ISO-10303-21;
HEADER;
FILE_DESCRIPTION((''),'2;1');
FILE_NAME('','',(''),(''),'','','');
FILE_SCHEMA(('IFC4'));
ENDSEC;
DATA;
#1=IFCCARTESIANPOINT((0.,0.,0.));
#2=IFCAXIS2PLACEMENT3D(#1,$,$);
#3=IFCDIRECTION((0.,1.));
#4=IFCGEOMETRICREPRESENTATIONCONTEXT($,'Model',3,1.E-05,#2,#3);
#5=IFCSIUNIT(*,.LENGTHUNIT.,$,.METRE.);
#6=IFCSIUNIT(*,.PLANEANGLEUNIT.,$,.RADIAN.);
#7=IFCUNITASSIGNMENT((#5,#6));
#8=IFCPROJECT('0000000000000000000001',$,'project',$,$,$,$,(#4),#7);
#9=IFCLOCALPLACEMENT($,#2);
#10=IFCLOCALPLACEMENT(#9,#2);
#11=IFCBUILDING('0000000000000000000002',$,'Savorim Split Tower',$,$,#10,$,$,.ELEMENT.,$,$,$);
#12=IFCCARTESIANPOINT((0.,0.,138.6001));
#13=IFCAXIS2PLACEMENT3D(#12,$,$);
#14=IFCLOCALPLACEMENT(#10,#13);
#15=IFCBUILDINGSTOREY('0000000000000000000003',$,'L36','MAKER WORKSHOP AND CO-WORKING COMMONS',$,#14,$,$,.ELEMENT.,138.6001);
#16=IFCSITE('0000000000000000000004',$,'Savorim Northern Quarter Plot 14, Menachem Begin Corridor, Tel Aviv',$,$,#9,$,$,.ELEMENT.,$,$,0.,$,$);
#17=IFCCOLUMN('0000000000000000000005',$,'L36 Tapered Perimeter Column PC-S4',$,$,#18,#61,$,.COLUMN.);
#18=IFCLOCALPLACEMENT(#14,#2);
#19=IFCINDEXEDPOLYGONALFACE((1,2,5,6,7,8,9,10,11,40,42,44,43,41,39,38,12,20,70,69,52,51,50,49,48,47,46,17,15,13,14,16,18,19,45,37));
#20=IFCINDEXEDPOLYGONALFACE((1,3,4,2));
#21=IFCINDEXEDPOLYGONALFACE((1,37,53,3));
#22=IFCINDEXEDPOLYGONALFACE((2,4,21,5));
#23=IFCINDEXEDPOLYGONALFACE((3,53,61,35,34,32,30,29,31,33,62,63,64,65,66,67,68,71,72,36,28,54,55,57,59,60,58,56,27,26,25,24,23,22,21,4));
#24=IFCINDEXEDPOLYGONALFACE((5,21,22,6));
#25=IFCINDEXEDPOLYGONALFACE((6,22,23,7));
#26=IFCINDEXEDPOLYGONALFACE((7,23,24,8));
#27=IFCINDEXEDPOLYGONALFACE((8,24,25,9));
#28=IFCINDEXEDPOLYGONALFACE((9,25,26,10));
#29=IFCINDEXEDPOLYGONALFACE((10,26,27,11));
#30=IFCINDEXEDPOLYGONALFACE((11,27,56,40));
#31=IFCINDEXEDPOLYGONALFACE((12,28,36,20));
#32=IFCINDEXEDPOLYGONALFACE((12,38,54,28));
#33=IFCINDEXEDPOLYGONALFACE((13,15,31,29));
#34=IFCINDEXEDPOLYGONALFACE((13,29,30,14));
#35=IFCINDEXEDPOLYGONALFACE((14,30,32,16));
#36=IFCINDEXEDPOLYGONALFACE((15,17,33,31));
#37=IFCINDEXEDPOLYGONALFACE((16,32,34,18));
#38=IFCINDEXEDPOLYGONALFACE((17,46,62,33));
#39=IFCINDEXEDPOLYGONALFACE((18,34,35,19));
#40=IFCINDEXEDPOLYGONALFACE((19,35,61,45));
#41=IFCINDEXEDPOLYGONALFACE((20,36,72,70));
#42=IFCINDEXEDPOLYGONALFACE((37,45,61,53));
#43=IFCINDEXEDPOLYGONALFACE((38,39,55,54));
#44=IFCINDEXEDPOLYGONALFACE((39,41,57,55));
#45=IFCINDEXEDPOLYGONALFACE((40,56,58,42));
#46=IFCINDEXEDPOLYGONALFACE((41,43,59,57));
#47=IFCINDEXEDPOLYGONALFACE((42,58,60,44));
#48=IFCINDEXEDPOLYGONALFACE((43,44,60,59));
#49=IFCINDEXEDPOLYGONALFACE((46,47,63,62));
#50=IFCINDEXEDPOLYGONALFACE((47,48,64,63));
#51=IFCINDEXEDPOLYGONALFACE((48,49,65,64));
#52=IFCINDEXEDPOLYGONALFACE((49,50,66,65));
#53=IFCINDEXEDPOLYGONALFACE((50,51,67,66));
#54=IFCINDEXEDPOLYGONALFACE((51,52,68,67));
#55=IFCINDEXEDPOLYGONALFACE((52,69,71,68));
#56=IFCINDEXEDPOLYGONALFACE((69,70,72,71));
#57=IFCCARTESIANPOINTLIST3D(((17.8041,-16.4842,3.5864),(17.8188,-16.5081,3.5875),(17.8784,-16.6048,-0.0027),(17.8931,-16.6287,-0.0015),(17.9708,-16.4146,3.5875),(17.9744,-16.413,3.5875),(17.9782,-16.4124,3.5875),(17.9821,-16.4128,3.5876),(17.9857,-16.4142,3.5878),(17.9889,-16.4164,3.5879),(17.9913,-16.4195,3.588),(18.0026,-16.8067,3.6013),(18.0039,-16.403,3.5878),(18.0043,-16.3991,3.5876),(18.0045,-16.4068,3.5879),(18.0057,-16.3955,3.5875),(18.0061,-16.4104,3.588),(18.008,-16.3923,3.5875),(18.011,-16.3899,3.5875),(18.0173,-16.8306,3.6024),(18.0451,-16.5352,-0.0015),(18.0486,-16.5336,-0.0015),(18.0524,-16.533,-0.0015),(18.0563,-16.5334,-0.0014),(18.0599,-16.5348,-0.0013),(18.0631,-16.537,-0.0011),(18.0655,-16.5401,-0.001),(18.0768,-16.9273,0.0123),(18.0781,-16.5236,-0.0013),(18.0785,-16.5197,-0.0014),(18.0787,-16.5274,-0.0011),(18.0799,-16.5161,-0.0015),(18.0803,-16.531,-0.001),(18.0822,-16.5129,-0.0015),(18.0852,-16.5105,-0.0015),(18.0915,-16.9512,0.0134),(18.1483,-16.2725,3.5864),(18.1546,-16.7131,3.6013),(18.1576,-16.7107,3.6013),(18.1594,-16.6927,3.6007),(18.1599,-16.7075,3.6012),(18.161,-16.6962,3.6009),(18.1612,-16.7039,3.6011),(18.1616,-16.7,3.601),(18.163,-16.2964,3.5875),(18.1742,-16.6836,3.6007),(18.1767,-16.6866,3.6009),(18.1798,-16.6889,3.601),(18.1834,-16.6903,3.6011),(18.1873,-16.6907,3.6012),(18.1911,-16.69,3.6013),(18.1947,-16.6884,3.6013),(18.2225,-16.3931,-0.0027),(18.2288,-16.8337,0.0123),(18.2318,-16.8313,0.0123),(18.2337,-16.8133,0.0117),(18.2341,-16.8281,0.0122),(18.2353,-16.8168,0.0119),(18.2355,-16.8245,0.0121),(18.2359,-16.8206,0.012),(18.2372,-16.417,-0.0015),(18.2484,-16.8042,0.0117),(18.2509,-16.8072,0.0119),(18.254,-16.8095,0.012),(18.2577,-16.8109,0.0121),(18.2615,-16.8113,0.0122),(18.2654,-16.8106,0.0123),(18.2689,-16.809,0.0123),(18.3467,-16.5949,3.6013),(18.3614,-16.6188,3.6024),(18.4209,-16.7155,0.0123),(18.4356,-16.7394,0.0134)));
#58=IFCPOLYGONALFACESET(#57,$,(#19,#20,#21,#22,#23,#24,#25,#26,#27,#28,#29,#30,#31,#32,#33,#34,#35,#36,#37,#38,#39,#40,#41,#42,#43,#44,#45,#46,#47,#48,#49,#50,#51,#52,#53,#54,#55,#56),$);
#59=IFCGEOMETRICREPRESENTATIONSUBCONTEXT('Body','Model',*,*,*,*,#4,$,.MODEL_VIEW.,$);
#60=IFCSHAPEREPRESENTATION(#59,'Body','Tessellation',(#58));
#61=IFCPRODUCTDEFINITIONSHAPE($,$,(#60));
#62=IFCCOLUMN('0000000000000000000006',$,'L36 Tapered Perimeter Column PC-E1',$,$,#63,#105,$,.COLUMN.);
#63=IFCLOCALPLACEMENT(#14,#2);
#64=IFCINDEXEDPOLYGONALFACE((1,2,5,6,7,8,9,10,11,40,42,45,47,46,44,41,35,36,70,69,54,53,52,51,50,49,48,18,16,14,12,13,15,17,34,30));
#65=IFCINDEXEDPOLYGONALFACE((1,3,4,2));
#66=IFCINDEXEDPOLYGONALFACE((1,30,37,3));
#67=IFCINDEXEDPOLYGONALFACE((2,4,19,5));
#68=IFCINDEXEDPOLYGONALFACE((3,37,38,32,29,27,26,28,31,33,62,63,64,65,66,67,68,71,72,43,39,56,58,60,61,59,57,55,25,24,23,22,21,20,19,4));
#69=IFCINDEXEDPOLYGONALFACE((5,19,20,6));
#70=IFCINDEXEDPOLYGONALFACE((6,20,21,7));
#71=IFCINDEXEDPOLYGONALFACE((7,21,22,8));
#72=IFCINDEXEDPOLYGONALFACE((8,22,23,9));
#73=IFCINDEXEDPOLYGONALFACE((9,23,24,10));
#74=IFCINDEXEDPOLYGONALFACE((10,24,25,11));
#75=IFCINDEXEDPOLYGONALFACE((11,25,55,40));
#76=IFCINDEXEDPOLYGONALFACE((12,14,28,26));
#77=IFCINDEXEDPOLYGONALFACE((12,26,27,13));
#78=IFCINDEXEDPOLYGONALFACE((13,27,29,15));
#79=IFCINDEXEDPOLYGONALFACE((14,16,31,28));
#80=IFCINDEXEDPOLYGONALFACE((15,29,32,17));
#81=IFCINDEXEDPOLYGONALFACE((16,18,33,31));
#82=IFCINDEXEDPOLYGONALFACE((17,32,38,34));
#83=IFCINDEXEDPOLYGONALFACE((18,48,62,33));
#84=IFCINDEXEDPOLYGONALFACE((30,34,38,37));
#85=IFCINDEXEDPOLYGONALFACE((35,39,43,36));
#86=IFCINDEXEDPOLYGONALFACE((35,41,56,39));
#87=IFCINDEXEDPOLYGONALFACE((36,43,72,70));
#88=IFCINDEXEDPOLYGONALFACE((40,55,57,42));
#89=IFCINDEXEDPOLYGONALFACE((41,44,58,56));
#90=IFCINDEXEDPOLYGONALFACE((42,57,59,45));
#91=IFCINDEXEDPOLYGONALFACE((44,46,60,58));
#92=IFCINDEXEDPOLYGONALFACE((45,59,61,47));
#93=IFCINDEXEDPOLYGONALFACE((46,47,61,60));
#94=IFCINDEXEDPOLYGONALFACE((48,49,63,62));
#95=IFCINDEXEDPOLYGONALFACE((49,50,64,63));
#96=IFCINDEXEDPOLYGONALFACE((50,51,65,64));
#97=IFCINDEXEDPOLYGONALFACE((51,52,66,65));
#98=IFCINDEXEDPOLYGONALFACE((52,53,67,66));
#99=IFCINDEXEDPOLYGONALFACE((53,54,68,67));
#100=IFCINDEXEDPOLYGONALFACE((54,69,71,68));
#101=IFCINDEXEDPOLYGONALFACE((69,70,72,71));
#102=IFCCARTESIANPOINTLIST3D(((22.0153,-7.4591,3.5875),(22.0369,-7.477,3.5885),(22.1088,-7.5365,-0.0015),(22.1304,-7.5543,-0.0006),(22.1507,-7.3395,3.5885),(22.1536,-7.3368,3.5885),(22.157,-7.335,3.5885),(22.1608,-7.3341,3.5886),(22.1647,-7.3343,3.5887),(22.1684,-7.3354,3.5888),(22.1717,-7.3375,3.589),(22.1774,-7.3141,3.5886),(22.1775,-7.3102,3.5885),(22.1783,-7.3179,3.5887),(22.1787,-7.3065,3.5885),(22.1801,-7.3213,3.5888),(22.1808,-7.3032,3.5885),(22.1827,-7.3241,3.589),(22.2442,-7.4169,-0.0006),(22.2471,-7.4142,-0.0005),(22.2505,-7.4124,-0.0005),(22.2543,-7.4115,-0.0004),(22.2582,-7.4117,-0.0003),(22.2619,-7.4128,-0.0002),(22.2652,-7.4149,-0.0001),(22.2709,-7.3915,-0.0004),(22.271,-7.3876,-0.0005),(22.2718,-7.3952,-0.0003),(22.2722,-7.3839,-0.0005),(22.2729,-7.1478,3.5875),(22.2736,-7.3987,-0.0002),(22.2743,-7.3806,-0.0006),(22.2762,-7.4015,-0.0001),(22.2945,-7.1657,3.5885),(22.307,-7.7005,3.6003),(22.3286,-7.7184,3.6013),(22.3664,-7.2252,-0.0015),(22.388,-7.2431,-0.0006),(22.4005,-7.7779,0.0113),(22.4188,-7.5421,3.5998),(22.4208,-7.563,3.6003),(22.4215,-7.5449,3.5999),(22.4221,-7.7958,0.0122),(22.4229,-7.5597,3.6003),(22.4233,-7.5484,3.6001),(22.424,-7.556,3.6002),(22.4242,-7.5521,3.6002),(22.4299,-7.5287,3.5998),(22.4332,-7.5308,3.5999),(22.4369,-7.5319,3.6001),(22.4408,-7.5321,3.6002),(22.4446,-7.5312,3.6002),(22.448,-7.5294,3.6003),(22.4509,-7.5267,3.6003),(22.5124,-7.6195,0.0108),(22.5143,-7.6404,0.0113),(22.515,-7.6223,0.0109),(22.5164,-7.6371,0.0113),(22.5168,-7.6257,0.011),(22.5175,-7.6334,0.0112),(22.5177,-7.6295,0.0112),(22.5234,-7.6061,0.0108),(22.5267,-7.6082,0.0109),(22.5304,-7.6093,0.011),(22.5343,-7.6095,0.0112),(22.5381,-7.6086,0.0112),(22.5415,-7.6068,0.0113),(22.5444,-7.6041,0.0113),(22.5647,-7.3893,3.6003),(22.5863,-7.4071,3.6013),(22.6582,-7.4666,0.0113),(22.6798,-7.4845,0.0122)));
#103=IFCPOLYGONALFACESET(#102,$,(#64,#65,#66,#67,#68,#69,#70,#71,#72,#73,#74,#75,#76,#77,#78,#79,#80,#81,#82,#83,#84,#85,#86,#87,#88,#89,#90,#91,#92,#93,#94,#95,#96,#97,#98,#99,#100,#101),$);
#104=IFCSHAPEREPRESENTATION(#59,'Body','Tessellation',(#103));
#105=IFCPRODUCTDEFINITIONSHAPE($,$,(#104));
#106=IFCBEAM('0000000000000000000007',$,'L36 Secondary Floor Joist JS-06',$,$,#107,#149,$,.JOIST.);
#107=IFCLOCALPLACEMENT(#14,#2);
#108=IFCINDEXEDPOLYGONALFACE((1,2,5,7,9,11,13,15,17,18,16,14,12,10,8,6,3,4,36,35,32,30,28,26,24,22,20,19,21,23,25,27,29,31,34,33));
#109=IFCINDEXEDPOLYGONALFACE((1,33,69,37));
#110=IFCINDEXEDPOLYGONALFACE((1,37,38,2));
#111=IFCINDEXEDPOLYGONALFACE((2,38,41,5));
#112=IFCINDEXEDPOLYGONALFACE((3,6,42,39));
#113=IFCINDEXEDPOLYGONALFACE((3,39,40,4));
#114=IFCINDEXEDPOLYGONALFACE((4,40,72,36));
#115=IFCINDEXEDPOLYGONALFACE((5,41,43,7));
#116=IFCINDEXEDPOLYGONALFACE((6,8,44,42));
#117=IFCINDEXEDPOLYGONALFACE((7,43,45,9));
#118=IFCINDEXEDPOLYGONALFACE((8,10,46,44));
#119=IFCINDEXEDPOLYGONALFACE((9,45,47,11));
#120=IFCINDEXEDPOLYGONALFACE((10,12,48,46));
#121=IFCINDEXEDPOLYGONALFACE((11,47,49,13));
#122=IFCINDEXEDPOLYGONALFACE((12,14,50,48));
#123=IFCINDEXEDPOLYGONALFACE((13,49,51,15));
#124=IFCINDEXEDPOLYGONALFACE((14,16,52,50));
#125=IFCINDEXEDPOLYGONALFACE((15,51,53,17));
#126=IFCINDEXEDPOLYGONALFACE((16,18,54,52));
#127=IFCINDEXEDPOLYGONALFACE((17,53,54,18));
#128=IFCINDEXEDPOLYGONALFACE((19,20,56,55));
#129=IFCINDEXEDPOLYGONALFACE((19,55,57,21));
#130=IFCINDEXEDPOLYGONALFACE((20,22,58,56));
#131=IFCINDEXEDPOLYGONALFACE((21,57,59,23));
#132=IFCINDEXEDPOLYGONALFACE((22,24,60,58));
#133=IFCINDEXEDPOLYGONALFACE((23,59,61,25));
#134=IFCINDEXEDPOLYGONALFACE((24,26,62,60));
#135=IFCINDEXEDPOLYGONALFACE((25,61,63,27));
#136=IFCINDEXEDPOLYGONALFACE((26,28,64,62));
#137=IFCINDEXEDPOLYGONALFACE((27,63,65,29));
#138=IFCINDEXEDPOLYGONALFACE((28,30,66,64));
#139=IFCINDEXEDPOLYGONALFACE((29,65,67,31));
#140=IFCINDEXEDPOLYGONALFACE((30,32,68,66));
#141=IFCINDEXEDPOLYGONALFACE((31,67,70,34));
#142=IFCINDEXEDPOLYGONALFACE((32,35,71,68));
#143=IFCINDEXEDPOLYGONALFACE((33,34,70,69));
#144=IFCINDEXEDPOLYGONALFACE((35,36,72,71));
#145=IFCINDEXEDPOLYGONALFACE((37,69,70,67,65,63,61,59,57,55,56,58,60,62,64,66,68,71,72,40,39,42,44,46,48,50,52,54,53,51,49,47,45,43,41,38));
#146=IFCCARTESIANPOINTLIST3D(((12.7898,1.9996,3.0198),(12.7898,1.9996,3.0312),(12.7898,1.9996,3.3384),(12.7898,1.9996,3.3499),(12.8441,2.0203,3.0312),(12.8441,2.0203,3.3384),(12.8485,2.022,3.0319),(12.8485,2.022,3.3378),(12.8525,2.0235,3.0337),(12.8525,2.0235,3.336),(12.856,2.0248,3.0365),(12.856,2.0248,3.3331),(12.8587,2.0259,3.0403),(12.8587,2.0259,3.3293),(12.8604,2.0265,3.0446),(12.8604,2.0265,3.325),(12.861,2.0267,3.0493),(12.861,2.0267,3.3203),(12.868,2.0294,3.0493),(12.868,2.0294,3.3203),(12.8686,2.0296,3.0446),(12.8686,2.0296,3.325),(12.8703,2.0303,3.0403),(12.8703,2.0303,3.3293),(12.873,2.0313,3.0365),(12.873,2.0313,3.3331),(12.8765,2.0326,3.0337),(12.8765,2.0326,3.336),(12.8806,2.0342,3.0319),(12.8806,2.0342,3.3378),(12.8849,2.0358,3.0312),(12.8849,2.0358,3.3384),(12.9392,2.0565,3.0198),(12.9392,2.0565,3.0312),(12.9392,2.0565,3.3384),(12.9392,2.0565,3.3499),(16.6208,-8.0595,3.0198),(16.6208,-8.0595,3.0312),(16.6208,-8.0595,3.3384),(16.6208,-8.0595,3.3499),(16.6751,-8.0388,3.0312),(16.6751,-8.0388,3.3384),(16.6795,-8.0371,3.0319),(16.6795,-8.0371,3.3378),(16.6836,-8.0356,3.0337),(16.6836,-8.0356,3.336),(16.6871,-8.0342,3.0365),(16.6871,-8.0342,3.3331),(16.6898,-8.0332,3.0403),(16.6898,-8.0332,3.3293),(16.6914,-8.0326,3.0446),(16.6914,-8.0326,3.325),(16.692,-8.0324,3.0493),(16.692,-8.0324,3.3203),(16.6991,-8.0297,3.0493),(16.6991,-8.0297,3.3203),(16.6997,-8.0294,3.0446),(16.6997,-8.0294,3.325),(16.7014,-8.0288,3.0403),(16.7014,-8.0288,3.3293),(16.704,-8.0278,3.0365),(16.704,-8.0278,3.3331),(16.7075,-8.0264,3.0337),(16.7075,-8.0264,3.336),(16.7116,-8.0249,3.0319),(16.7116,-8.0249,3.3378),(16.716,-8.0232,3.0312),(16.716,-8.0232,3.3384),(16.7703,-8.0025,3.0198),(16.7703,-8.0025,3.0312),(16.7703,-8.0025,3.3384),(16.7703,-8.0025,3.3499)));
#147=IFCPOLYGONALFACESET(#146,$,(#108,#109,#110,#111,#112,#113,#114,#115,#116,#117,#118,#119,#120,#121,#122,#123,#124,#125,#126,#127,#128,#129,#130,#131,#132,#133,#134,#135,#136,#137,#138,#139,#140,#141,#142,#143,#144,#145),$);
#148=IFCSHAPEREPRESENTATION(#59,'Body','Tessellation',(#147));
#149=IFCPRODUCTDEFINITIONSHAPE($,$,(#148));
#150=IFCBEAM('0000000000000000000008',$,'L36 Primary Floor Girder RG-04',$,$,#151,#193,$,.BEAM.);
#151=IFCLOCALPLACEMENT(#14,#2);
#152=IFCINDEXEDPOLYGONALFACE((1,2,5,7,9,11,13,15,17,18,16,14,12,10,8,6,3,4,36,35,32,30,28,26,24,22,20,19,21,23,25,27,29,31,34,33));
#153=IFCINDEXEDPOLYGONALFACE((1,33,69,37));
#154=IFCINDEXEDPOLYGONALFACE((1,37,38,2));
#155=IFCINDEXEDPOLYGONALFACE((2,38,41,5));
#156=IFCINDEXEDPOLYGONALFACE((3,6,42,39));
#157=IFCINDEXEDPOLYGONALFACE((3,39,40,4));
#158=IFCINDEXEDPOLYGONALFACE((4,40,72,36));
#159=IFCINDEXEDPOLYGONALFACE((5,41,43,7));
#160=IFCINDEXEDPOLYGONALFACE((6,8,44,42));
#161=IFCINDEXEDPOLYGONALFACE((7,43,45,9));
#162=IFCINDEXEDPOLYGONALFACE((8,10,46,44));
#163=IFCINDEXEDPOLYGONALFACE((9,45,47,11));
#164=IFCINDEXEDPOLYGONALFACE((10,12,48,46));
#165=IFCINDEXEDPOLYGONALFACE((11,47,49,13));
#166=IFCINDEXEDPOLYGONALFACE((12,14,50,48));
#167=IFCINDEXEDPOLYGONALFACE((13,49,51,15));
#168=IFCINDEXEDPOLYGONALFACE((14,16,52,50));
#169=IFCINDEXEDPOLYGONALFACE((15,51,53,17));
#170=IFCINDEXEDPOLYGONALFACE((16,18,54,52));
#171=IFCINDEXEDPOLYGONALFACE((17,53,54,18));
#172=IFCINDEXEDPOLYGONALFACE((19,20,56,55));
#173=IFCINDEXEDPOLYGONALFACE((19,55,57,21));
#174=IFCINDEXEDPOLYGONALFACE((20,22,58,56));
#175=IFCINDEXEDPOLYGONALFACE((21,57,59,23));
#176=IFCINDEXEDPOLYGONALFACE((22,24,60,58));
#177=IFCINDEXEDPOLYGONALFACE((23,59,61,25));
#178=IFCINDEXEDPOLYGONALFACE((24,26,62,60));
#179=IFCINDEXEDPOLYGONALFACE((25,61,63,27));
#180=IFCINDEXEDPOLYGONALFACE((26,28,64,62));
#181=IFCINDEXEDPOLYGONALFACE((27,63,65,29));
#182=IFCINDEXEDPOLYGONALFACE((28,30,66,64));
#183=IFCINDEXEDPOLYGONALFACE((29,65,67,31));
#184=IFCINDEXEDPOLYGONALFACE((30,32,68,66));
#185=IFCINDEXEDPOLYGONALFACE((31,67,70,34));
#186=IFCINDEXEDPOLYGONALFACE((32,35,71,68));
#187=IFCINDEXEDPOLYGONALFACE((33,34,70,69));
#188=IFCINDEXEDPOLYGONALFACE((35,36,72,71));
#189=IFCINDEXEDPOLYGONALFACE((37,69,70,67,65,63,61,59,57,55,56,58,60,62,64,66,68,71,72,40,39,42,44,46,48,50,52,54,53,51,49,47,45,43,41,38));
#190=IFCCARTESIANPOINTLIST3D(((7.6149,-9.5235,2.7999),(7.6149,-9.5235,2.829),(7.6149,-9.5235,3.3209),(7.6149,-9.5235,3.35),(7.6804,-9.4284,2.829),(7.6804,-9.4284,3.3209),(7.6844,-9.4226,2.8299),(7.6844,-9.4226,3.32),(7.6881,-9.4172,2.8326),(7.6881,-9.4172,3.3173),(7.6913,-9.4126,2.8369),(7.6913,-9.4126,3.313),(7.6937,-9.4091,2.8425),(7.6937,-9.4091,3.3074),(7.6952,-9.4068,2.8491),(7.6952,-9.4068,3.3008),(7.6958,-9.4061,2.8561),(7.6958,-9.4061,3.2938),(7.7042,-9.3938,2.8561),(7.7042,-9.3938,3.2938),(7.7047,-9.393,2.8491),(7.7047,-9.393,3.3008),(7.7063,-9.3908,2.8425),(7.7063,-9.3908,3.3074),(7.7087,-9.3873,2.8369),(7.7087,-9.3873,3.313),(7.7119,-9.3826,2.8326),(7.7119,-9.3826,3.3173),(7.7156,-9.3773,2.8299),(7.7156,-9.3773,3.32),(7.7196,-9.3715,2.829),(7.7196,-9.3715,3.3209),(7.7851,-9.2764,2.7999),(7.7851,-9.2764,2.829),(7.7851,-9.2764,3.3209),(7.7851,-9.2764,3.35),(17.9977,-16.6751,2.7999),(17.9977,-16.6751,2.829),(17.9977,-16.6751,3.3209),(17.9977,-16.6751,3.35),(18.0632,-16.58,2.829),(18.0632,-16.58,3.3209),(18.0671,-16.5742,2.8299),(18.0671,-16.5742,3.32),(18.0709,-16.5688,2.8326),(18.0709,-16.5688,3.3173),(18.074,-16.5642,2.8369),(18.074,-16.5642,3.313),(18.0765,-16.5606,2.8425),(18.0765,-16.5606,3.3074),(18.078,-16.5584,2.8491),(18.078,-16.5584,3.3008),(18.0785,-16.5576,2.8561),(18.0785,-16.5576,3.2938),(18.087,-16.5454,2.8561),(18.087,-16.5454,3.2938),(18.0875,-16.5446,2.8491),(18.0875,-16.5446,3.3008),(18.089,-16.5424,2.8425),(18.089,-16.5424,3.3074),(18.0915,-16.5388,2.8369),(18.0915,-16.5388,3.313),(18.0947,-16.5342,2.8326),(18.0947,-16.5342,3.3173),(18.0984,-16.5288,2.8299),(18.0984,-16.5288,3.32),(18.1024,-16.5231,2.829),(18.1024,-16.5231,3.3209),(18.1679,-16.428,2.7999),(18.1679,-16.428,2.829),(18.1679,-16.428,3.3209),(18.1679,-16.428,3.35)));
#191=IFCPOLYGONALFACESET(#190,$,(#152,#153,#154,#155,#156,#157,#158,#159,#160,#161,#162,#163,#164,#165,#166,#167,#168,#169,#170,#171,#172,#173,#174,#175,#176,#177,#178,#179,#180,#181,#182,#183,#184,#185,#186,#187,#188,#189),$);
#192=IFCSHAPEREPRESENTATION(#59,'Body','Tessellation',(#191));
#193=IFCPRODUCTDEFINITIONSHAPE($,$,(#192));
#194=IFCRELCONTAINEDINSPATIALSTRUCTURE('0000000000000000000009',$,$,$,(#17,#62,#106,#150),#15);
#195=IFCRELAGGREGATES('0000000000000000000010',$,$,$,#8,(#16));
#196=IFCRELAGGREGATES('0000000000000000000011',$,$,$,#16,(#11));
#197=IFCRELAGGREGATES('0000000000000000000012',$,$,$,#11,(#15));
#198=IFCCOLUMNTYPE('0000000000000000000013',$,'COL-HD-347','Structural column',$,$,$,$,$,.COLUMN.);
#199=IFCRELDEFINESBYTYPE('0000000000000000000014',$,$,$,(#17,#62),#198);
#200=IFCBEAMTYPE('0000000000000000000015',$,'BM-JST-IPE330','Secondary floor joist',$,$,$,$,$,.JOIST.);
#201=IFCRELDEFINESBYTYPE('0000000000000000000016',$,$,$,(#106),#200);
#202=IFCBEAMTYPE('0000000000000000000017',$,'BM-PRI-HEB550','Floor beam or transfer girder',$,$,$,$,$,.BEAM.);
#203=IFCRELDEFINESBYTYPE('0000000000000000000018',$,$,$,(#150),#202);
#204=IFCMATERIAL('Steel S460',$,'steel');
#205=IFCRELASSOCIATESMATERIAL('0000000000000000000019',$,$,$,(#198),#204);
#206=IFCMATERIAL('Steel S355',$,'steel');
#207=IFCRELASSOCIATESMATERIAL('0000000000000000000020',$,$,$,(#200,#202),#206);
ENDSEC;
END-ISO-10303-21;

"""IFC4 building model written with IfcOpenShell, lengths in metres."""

from ifc_helpers import new_model, si_unit, direction, frame, origin, origin_2d, place, context, subcontext, project, spatial, i_section, extrude, material, material_profile, profile_set, type_object, element, save


model = new_model("IFC4")

# Units and contexts
model_context = context("Model", 3, precision=1e-05, world=origin(), true_north=direction((0.0, 1.0)))
body_context = subcontext(model_context, "Body", "Model", "MODEL_VIEW")
ifc_project = project(units=[si_unit("LENGTHUNIT", "METRE"), si_unit("PLANEANGLEUNIT", "RADIAN")], contexts=[model_context])

# Site, building, storey
site_placement = place(None, origin())
site = spatial("IfcSite", under=ifc_project, at=site_placement, Name="Savorim Northern Quarter Plot 14, Menachem Begin Corridor, Tel Aviv", CompositionType="ELEMENT", RefElevation=0.0)
building_placement = place(site_placement, origin())
building = spatial("IfcBuilding", under=site, at=building_placement, Name="Savorim Split Tower", CompositionType="ELEMENT")
storey_placement = place(building_placement, frame((0.0, 0.0, 138.6001)))
storey = spatial("IfcBuildingStorey", under=building, at=storey_placement, Name="L36", Description="MAKER WORKSHOP AND CO-WORKING COMMONS", CompositionType="ELEMENT", Elevation=138.6001)

# Columns
ifc_material_1 = material(Name="Steel S460", Category="steel")
ifc_material_profile_1 = material_profile(ifc_material_1, i_section(OverallWidth=0.4041, OverallDepth=0.407, WebThickness=0.0173, FlangeThickness=0.0281, FilletRadius=0.0149, at=origin_2d()), Name="HD 400x347")
ifc_profile_set_1 = profile_set([ifc_material_profile_1], Name="Steel S460")
column_type = type_object("IfcColumnType", Name="COL-HD-347", Description="Structural column", PredefinedType="COLUMN", material=ifc_profile_set_1)
column_1_placement = place(storey_placement, frame((18.157, -16.6721, 0.0054), z_axis=(-0.020663, 0.033577, 0.999223), x_axis=(-0.851658, -0.524097, 0.0)))
element("IfcColumn", 1, at=column_1_placement, inside=storey, type_object=column_type, Name="L36 Tapered Perimeter Column PC-S4", PredefinedType="COLUMN", context=body_context, shape_type="SweptSolid", body=[
    extrude(i_section(OverallWidth=0.4041, OverallDepth=0.407, WebThickness=0.0173, FlangeThickness=0.0281, FilletRadius=0.0149, at=origin_2d()), origin(), (0.0, 0.0, 1.0), 3.5918),
])
column_2_placement = place(storey_placement, frame((22.3943, -7.5105, 0.0054), z_axis=(-0.026038, 0.021551, 0.999429), x_axis=(-0.637609, -0.77036, 0.0)))
element("IfcColumn", 2, at=column_2_placement, inside=storey, type_object=column_type, Name="L36 Tapered Perimeter Column PC-E1", PredefinedType="COLUMN", context=body_context, shape_type="SweptSolid", body=[
    extrude(i_section(OverallWidth=0.4041, OverallDepth=0.407, WebThickness=0.0173, FlangeThickness=0.0281, FilletRadius=0.0149, at=origin_2d()), origin(), (0.0, 0.0, 1.0), 3.5911),
])

# Beams
ifc_material_2 = material(Name="Steel S355", Category="steel")
ifc_material_profile_2 = material_profile(ifc_material_2, i_section(OverallWidth=0.1599, OverallDepth=0.3301, WebThickness=0.0076, FlangeThickness=0.0115, FilletRadius=0.0181, at=origin_2d()), Name="IPE 330")
ifc_profile_set_2 = profile_set([ifc_material_profile_2], Name="Steel S355")
beam_type_1 = type_object("IfcBeamType", Name="BM-JST-IPE330", Description="Secondary floor joist", PredefinedType="JOIST", material=ifc_profile_set_2)
beam_1_placement = place(storey_placement, frame((16.6956, -8.031, 3.1848), z_axis=(-0.355916, 0.934518, 0.0), x_axis=(-0.934518, -0.355916, 0.0)))
element("IfcBeam", 3, at=beam_1_placement, inside=storey, type_object=beam_type_1, Name="L36 Secondary Floor Joist JS-06", PredefinedType="JOIST", context=body_context, shape_type="SweptSolid", body=[
    extrude(i_section(OverallWidth=0.1599, OverallDepth=0.3301, WebThickness=0.0076, FlangeThickness=0.0115, FilletRadius=0.0181, at=origin_2d()), origin(), (0.0, 0.0, 1.0), 10.7639),
])
ifc_material_profile_3 = material_profile(ifc_material_2, i_section(OverallWidth=0.3, OverallDepth=0.55, WebThickness=0.0149, FlangeThickness=0.0291, FilletRadius=0.0271, at=origin_2d()), Name="HEB 550")
ifc_profile_set_3 = profile_set([ifc_material_profile_3], Name="Steel S355")
beam_type_2 = type_object("IfcBeamType", Name="BM-PRI-HEB550", Description="Floor beam or transfer girder", PredefinedType="BEAM", material=ifc_profile_set_3)
beam_2_placement = place(storey_placement, frame((18.0828, -16.5515, 3.075), z_axis=(-0.823544, 0.567252, 0.0), x_axis=(-0.567252, -0.823544, 0.0)))
element("IfcBeam", 4, at=beam_2_placement, inside=storey, type_object=beam_type_2, Name="L36 Primary Floor Girder RG-04", PredefinedType="BEAM", context=body_context, shape_type="SweptSolid", body=[
    extrude(i_section(OverallWidth=0.3, OverallDepth=0.55, WebThickness=0.0149, FlangeThickness=0.0291, FilletRadius=0.0271, at=origin_2d()), origin(), (0.0, 0.0, 1.0), 12.6074),
])

save(model, "model.ifc")
